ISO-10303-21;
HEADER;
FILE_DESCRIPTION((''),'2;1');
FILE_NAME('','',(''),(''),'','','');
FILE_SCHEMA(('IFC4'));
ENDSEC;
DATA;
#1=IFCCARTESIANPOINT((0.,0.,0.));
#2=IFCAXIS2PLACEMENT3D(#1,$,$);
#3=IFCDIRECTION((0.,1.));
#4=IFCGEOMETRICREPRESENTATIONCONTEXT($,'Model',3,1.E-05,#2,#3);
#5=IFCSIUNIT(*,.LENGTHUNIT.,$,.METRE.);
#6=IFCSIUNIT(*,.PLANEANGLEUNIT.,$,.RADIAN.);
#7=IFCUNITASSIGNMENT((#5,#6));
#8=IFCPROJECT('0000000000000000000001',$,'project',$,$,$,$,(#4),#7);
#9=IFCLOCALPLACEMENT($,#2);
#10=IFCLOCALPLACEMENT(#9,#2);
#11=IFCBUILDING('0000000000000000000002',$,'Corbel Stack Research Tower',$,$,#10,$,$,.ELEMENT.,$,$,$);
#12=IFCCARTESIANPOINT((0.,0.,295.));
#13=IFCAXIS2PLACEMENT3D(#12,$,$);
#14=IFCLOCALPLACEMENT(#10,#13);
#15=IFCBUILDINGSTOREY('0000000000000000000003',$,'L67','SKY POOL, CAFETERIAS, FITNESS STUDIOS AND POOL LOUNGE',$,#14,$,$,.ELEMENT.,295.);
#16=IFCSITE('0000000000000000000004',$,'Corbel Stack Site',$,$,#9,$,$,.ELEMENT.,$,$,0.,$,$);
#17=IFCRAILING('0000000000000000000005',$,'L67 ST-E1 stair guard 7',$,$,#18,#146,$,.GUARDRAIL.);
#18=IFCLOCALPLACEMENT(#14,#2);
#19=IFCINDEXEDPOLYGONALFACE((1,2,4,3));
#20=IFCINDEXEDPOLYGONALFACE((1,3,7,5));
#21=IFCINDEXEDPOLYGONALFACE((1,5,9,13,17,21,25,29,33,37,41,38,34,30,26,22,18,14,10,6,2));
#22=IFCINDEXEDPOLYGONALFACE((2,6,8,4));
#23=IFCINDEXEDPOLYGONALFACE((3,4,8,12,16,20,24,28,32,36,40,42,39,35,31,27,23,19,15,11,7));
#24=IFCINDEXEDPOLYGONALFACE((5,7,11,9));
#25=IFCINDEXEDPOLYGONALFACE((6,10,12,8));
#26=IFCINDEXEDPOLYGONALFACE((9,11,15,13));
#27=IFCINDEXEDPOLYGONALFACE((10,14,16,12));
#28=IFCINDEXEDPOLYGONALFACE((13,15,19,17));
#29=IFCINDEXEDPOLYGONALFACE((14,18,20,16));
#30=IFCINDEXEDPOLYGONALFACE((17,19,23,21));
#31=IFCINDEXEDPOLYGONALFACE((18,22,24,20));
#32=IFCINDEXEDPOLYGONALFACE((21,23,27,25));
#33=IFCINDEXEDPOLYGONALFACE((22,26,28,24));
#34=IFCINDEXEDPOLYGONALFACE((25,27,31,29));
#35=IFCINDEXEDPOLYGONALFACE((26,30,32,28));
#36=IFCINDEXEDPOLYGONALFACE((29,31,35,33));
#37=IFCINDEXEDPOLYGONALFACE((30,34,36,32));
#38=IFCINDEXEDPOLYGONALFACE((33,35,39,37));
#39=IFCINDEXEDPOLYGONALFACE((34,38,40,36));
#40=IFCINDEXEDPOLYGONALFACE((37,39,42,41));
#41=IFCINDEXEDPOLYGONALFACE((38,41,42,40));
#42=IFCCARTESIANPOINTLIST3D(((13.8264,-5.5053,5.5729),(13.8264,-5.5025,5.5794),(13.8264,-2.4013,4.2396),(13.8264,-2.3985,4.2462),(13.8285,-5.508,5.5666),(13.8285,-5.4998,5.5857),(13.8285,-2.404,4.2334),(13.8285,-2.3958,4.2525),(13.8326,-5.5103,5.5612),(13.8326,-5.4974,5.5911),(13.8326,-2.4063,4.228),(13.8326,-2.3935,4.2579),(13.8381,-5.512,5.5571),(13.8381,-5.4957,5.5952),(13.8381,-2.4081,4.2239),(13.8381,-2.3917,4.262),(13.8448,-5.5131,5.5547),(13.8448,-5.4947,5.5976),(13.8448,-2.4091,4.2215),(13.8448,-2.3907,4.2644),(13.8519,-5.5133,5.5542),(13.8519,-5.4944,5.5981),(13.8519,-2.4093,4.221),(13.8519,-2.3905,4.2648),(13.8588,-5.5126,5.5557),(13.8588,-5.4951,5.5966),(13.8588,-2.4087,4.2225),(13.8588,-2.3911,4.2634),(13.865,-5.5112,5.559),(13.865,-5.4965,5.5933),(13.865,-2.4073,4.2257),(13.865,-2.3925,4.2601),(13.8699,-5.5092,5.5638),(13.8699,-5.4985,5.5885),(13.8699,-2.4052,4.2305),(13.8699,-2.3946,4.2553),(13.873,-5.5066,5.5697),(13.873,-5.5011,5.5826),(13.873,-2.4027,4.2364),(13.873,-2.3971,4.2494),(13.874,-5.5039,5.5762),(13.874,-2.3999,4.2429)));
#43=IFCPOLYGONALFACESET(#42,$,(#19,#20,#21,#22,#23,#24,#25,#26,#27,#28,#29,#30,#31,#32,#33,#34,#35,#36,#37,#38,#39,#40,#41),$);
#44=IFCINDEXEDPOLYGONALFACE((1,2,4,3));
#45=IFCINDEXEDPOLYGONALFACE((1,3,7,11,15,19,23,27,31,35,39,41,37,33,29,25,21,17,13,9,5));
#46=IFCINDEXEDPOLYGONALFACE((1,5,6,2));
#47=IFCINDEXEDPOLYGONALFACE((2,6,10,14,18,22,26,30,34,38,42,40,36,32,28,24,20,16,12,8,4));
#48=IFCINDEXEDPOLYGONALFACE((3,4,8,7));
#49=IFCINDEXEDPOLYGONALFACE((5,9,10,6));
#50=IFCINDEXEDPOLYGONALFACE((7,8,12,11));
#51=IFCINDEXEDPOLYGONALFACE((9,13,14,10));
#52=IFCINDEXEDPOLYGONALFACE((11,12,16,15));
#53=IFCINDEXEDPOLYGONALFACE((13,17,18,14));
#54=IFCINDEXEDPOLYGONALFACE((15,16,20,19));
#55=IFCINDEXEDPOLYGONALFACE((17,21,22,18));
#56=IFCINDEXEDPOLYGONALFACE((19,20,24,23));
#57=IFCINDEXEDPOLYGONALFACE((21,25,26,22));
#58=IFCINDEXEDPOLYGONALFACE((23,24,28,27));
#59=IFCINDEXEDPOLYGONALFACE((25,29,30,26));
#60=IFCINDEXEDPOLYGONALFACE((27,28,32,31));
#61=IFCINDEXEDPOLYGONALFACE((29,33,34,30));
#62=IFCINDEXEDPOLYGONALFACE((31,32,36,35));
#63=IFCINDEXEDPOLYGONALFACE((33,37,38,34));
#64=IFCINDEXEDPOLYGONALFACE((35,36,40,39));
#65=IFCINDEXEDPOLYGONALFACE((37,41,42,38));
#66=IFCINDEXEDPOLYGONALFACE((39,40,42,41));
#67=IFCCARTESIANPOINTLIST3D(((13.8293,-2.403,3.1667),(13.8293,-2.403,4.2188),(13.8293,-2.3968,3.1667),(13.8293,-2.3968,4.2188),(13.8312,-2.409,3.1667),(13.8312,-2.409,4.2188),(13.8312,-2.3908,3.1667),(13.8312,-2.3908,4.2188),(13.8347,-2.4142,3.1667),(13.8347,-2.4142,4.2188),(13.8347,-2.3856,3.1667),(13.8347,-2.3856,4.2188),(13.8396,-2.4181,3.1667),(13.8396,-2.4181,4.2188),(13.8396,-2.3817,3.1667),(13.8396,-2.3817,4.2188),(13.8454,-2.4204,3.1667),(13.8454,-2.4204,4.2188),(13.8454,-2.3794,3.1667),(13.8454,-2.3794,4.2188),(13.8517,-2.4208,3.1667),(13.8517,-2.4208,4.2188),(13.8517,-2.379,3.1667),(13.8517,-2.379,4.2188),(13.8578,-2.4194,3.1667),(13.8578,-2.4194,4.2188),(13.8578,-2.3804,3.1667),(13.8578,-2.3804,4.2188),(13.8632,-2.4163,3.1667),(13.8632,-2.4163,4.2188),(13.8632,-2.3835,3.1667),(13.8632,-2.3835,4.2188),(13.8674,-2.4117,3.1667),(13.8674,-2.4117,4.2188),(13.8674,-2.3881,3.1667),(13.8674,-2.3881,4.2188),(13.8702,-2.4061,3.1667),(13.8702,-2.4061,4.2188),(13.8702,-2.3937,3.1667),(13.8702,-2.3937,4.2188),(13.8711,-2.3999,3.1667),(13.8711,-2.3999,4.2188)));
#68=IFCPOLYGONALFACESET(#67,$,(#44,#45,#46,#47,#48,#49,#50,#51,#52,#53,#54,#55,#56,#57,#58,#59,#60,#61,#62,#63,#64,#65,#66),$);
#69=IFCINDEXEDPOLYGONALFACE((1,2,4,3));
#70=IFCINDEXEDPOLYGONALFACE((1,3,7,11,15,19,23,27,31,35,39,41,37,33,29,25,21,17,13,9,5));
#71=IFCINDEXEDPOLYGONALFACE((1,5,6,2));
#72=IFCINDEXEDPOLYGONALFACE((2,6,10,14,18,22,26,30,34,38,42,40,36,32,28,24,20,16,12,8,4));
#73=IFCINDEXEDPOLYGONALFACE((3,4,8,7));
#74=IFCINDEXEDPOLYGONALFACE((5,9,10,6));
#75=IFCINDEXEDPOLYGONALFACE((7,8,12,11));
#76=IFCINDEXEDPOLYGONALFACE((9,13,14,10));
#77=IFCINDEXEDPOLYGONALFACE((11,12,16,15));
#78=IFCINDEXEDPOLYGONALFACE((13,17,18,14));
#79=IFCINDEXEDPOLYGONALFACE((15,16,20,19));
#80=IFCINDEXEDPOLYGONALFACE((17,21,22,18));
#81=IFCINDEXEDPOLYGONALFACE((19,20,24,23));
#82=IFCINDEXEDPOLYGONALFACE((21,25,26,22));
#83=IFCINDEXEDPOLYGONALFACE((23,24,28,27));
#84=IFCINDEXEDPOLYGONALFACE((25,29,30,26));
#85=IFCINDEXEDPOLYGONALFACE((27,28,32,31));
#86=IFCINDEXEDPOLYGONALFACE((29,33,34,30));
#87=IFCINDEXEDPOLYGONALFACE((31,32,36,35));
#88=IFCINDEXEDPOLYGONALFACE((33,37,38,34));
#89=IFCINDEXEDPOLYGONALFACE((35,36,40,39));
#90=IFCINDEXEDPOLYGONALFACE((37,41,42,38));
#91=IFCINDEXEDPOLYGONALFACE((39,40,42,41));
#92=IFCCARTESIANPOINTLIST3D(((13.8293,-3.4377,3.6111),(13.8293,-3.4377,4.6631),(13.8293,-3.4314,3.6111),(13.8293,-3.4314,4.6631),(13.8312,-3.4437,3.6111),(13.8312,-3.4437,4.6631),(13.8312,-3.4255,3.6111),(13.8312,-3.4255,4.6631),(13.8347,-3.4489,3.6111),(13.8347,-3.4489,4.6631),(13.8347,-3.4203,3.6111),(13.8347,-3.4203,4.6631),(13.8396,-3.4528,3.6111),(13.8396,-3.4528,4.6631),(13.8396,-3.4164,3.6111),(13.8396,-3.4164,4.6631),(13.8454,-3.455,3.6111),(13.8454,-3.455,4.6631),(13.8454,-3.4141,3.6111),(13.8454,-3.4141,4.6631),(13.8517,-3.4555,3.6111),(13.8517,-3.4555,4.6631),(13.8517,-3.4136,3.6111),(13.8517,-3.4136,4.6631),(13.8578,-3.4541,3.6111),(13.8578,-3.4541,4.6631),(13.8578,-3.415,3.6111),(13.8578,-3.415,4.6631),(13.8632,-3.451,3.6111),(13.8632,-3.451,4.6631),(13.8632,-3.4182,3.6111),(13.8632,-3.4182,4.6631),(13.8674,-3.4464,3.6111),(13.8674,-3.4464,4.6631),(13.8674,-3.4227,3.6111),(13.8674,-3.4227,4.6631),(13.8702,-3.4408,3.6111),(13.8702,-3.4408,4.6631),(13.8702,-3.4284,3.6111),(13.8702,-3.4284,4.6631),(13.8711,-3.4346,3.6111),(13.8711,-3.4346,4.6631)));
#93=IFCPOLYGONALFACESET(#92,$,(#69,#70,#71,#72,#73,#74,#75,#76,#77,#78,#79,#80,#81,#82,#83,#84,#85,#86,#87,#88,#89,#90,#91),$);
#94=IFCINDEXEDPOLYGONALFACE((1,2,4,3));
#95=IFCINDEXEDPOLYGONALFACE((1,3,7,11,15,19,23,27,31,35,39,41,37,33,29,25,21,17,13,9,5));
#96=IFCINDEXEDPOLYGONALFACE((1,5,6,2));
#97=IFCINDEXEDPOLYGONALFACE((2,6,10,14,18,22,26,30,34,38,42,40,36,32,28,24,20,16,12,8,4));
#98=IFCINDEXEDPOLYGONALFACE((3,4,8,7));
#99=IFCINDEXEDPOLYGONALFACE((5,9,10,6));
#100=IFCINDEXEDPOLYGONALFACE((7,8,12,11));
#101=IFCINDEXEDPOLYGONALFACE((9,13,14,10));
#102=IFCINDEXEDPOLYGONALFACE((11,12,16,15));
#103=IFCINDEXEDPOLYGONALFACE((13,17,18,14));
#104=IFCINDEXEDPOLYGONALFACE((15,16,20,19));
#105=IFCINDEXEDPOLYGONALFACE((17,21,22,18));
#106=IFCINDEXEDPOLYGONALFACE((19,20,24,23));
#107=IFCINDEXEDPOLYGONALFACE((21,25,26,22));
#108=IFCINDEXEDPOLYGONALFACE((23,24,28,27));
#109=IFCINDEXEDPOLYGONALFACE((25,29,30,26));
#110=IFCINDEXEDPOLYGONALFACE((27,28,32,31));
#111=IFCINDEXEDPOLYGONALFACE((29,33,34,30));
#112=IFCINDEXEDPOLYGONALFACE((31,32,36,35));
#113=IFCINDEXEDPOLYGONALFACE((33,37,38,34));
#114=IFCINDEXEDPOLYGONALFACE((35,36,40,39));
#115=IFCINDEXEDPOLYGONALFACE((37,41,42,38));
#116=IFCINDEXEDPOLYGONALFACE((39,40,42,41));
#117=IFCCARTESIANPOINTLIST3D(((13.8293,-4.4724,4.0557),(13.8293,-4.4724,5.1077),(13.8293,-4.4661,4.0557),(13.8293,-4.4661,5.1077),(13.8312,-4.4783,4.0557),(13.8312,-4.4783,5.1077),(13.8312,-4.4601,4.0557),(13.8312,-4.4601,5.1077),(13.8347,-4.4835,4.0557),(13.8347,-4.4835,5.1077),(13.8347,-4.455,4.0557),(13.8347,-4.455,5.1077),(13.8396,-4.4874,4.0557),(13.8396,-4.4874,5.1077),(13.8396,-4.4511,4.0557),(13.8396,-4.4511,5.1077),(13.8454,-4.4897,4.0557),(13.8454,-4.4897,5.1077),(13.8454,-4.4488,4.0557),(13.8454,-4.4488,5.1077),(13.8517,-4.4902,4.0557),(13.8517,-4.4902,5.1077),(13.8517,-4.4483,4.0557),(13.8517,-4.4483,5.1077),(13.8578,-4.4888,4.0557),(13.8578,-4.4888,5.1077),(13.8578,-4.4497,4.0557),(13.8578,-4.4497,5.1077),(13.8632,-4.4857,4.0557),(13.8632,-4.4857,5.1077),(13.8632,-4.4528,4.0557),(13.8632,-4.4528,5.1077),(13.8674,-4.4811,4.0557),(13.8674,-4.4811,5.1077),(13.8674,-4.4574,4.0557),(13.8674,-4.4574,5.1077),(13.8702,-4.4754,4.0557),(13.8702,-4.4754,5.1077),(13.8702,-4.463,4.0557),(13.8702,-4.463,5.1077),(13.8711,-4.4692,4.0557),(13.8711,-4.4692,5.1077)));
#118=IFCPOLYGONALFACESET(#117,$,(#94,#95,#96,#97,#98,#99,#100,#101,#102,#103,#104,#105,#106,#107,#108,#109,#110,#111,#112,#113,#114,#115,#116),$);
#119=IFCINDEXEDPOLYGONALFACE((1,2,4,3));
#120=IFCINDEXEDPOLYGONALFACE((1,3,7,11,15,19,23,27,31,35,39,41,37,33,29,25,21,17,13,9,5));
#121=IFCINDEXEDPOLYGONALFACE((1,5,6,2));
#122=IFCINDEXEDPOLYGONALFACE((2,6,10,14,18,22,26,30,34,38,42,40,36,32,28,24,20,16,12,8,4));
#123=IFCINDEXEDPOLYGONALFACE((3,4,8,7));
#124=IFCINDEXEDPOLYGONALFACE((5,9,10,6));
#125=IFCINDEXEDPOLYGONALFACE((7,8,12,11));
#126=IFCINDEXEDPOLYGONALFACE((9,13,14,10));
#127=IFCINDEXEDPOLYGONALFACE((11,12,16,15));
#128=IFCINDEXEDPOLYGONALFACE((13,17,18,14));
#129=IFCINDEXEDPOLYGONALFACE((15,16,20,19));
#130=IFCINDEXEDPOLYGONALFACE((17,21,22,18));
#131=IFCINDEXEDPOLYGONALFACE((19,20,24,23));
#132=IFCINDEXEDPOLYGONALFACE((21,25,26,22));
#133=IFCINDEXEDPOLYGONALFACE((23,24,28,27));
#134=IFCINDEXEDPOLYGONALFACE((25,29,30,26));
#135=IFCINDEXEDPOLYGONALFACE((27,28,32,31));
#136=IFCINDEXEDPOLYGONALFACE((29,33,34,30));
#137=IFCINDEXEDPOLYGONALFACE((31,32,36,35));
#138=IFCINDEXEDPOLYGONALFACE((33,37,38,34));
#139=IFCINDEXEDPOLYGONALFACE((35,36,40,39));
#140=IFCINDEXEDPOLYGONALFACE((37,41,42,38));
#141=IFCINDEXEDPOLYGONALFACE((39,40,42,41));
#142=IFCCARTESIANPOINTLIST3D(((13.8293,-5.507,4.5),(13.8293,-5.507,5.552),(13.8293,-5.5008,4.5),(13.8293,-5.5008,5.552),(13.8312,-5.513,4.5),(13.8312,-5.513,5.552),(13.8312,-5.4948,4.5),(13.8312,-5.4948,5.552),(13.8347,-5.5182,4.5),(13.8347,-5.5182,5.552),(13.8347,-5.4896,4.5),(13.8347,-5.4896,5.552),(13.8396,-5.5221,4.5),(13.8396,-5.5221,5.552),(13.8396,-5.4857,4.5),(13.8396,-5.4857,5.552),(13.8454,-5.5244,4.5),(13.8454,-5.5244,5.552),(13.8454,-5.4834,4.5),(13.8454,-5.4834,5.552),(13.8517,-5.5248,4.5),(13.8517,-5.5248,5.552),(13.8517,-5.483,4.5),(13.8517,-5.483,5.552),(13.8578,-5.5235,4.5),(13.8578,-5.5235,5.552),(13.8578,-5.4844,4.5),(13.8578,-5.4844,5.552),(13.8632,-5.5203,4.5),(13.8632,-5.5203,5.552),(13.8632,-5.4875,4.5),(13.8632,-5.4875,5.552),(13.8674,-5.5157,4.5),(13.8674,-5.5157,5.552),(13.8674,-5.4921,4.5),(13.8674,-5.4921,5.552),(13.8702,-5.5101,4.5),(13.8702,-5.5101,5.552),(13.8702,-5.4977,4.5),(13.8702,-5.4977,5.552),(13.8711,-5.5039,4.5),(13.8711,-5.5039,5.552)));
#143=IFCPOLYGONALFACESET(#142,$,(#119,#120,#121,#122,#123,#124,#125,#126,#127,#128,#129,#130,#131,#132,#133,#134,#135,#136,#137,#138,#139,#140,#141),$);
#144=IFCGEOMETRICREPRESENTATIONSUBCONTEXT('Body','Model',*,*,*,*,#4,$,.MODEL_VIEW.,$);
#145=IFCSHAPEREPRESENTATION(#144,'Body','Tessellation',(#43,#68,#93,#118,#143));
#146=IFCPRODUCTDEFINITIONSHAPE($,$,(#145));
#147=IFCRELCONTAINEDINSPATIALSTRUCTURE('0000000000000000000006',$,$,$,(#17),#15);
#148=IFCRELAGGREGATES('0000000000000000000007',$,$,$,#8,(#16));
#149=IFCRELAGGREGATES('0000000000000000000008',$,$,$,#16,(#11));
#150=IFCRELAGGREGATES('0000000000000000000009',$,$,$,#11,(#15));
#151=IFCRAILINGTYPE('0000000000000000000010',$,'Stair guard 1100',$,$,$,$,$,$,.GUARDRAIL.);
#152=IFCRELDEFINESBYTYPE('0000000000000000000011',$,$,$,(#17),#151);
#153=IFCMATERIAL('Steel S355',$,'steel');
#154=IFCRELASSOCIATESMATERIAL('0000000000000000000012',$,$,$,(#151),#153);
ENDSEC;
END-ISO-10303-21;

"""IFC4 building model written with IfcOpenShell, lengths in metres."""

from ifc_helpers import new_model, si_unit, direction, frame, origin, origin_2d, place, context, subcontext, project, spatial, circle, extrude, material, type_object, element, save


model = new_model("IFC4")

# Units and contexts
model_context = context("Model", 3, precision=1e-05, world=origin(), true_north=direction((0.0, 1.0)))
body_context = subcontext(model_context, "Body", "Model", "MODEL_VIEW")
ifc_project = project(units=[si_unit("LENGTHUNIT", "METRE"), si_unit("PLANEANGLEUNIT", "RADIAN")], contexts=[model_context])

# Site, building, storey
site_placement = place(None, origin())
site = spatial("IfcSite", under=ifc_project, at=site_placement, Name="Corbel Stack Site", CompositionType="ELEMENT", RefElevation=0.0)
building_placement = place(site_placement, origin())
building = spatial("IfcBuilding", under=site, at=building_placement, Name="Corbel Stack Research Tower", CompositionType="ELEMENT")
storey_placement = place(building_placement, frame((0.0, 0.0, 295.0)))
storey = spatial("IfcBuildingStorey", under=building, at=storey_placement, Name="L67", Description="SKY POOL, CAFETERIAS, FITNESS STUDIOS AND POOL LOUNGE", CompositionType="ELEMENT", Elevation=295.0)

# Railing
ifc_material_1 = material(Name="Steel S355", Category="steel")
railing_type_1 = type_object("IfcRailingType", Name="Stair guard 1100", PredefinedType="GUARDRAIL", material=ifc_material_1)
railing_1_placement = place(storey_placement, frame((13.8501, -2.3999, 3.1667)))
element("IfcRailing", 1, at=railing_1_placement, inside=storey, type_object=railing_type_1, Name="L67 ST-E1 stair guard 7", PredefinedType="GUARDRAIL", context=body_context, shape_type="SweptSolid", body=[
    extrude(circle(Radius=0.0239, at=origin_2d()), frame((0.0, 0.0, 1.0762), z_axis=(0.0, -0.918827, 0.394661), x_axis=(1.0, 0.0, 0.0)), (0.0, 0.0, 1.0), 3.3782),
    extrude(circle(Radius=0.021, at=origin_2d()), origin(), (0.0, 0.0, 1.0), 1.052),
    extrude(circle(Radius=0.021, at=origin_2d()), frame((0.0, -1.0347, 0.4443)), (0.0, 0.0, 1.0), 1.052),
    extrude(circle(Radius=0.021, at=origin_2d()), frame((0.0, -2.0693, 0.8889)), (0.0, 0.0, 1.0), 1.052),
    extrude(circle(Radius=0.021, at=origin_2d()), frame((0.0, -3.104, 1.3333)), (0.0, 0.0, 1.0), 1.052),
])

save(model, "model.ifc")
